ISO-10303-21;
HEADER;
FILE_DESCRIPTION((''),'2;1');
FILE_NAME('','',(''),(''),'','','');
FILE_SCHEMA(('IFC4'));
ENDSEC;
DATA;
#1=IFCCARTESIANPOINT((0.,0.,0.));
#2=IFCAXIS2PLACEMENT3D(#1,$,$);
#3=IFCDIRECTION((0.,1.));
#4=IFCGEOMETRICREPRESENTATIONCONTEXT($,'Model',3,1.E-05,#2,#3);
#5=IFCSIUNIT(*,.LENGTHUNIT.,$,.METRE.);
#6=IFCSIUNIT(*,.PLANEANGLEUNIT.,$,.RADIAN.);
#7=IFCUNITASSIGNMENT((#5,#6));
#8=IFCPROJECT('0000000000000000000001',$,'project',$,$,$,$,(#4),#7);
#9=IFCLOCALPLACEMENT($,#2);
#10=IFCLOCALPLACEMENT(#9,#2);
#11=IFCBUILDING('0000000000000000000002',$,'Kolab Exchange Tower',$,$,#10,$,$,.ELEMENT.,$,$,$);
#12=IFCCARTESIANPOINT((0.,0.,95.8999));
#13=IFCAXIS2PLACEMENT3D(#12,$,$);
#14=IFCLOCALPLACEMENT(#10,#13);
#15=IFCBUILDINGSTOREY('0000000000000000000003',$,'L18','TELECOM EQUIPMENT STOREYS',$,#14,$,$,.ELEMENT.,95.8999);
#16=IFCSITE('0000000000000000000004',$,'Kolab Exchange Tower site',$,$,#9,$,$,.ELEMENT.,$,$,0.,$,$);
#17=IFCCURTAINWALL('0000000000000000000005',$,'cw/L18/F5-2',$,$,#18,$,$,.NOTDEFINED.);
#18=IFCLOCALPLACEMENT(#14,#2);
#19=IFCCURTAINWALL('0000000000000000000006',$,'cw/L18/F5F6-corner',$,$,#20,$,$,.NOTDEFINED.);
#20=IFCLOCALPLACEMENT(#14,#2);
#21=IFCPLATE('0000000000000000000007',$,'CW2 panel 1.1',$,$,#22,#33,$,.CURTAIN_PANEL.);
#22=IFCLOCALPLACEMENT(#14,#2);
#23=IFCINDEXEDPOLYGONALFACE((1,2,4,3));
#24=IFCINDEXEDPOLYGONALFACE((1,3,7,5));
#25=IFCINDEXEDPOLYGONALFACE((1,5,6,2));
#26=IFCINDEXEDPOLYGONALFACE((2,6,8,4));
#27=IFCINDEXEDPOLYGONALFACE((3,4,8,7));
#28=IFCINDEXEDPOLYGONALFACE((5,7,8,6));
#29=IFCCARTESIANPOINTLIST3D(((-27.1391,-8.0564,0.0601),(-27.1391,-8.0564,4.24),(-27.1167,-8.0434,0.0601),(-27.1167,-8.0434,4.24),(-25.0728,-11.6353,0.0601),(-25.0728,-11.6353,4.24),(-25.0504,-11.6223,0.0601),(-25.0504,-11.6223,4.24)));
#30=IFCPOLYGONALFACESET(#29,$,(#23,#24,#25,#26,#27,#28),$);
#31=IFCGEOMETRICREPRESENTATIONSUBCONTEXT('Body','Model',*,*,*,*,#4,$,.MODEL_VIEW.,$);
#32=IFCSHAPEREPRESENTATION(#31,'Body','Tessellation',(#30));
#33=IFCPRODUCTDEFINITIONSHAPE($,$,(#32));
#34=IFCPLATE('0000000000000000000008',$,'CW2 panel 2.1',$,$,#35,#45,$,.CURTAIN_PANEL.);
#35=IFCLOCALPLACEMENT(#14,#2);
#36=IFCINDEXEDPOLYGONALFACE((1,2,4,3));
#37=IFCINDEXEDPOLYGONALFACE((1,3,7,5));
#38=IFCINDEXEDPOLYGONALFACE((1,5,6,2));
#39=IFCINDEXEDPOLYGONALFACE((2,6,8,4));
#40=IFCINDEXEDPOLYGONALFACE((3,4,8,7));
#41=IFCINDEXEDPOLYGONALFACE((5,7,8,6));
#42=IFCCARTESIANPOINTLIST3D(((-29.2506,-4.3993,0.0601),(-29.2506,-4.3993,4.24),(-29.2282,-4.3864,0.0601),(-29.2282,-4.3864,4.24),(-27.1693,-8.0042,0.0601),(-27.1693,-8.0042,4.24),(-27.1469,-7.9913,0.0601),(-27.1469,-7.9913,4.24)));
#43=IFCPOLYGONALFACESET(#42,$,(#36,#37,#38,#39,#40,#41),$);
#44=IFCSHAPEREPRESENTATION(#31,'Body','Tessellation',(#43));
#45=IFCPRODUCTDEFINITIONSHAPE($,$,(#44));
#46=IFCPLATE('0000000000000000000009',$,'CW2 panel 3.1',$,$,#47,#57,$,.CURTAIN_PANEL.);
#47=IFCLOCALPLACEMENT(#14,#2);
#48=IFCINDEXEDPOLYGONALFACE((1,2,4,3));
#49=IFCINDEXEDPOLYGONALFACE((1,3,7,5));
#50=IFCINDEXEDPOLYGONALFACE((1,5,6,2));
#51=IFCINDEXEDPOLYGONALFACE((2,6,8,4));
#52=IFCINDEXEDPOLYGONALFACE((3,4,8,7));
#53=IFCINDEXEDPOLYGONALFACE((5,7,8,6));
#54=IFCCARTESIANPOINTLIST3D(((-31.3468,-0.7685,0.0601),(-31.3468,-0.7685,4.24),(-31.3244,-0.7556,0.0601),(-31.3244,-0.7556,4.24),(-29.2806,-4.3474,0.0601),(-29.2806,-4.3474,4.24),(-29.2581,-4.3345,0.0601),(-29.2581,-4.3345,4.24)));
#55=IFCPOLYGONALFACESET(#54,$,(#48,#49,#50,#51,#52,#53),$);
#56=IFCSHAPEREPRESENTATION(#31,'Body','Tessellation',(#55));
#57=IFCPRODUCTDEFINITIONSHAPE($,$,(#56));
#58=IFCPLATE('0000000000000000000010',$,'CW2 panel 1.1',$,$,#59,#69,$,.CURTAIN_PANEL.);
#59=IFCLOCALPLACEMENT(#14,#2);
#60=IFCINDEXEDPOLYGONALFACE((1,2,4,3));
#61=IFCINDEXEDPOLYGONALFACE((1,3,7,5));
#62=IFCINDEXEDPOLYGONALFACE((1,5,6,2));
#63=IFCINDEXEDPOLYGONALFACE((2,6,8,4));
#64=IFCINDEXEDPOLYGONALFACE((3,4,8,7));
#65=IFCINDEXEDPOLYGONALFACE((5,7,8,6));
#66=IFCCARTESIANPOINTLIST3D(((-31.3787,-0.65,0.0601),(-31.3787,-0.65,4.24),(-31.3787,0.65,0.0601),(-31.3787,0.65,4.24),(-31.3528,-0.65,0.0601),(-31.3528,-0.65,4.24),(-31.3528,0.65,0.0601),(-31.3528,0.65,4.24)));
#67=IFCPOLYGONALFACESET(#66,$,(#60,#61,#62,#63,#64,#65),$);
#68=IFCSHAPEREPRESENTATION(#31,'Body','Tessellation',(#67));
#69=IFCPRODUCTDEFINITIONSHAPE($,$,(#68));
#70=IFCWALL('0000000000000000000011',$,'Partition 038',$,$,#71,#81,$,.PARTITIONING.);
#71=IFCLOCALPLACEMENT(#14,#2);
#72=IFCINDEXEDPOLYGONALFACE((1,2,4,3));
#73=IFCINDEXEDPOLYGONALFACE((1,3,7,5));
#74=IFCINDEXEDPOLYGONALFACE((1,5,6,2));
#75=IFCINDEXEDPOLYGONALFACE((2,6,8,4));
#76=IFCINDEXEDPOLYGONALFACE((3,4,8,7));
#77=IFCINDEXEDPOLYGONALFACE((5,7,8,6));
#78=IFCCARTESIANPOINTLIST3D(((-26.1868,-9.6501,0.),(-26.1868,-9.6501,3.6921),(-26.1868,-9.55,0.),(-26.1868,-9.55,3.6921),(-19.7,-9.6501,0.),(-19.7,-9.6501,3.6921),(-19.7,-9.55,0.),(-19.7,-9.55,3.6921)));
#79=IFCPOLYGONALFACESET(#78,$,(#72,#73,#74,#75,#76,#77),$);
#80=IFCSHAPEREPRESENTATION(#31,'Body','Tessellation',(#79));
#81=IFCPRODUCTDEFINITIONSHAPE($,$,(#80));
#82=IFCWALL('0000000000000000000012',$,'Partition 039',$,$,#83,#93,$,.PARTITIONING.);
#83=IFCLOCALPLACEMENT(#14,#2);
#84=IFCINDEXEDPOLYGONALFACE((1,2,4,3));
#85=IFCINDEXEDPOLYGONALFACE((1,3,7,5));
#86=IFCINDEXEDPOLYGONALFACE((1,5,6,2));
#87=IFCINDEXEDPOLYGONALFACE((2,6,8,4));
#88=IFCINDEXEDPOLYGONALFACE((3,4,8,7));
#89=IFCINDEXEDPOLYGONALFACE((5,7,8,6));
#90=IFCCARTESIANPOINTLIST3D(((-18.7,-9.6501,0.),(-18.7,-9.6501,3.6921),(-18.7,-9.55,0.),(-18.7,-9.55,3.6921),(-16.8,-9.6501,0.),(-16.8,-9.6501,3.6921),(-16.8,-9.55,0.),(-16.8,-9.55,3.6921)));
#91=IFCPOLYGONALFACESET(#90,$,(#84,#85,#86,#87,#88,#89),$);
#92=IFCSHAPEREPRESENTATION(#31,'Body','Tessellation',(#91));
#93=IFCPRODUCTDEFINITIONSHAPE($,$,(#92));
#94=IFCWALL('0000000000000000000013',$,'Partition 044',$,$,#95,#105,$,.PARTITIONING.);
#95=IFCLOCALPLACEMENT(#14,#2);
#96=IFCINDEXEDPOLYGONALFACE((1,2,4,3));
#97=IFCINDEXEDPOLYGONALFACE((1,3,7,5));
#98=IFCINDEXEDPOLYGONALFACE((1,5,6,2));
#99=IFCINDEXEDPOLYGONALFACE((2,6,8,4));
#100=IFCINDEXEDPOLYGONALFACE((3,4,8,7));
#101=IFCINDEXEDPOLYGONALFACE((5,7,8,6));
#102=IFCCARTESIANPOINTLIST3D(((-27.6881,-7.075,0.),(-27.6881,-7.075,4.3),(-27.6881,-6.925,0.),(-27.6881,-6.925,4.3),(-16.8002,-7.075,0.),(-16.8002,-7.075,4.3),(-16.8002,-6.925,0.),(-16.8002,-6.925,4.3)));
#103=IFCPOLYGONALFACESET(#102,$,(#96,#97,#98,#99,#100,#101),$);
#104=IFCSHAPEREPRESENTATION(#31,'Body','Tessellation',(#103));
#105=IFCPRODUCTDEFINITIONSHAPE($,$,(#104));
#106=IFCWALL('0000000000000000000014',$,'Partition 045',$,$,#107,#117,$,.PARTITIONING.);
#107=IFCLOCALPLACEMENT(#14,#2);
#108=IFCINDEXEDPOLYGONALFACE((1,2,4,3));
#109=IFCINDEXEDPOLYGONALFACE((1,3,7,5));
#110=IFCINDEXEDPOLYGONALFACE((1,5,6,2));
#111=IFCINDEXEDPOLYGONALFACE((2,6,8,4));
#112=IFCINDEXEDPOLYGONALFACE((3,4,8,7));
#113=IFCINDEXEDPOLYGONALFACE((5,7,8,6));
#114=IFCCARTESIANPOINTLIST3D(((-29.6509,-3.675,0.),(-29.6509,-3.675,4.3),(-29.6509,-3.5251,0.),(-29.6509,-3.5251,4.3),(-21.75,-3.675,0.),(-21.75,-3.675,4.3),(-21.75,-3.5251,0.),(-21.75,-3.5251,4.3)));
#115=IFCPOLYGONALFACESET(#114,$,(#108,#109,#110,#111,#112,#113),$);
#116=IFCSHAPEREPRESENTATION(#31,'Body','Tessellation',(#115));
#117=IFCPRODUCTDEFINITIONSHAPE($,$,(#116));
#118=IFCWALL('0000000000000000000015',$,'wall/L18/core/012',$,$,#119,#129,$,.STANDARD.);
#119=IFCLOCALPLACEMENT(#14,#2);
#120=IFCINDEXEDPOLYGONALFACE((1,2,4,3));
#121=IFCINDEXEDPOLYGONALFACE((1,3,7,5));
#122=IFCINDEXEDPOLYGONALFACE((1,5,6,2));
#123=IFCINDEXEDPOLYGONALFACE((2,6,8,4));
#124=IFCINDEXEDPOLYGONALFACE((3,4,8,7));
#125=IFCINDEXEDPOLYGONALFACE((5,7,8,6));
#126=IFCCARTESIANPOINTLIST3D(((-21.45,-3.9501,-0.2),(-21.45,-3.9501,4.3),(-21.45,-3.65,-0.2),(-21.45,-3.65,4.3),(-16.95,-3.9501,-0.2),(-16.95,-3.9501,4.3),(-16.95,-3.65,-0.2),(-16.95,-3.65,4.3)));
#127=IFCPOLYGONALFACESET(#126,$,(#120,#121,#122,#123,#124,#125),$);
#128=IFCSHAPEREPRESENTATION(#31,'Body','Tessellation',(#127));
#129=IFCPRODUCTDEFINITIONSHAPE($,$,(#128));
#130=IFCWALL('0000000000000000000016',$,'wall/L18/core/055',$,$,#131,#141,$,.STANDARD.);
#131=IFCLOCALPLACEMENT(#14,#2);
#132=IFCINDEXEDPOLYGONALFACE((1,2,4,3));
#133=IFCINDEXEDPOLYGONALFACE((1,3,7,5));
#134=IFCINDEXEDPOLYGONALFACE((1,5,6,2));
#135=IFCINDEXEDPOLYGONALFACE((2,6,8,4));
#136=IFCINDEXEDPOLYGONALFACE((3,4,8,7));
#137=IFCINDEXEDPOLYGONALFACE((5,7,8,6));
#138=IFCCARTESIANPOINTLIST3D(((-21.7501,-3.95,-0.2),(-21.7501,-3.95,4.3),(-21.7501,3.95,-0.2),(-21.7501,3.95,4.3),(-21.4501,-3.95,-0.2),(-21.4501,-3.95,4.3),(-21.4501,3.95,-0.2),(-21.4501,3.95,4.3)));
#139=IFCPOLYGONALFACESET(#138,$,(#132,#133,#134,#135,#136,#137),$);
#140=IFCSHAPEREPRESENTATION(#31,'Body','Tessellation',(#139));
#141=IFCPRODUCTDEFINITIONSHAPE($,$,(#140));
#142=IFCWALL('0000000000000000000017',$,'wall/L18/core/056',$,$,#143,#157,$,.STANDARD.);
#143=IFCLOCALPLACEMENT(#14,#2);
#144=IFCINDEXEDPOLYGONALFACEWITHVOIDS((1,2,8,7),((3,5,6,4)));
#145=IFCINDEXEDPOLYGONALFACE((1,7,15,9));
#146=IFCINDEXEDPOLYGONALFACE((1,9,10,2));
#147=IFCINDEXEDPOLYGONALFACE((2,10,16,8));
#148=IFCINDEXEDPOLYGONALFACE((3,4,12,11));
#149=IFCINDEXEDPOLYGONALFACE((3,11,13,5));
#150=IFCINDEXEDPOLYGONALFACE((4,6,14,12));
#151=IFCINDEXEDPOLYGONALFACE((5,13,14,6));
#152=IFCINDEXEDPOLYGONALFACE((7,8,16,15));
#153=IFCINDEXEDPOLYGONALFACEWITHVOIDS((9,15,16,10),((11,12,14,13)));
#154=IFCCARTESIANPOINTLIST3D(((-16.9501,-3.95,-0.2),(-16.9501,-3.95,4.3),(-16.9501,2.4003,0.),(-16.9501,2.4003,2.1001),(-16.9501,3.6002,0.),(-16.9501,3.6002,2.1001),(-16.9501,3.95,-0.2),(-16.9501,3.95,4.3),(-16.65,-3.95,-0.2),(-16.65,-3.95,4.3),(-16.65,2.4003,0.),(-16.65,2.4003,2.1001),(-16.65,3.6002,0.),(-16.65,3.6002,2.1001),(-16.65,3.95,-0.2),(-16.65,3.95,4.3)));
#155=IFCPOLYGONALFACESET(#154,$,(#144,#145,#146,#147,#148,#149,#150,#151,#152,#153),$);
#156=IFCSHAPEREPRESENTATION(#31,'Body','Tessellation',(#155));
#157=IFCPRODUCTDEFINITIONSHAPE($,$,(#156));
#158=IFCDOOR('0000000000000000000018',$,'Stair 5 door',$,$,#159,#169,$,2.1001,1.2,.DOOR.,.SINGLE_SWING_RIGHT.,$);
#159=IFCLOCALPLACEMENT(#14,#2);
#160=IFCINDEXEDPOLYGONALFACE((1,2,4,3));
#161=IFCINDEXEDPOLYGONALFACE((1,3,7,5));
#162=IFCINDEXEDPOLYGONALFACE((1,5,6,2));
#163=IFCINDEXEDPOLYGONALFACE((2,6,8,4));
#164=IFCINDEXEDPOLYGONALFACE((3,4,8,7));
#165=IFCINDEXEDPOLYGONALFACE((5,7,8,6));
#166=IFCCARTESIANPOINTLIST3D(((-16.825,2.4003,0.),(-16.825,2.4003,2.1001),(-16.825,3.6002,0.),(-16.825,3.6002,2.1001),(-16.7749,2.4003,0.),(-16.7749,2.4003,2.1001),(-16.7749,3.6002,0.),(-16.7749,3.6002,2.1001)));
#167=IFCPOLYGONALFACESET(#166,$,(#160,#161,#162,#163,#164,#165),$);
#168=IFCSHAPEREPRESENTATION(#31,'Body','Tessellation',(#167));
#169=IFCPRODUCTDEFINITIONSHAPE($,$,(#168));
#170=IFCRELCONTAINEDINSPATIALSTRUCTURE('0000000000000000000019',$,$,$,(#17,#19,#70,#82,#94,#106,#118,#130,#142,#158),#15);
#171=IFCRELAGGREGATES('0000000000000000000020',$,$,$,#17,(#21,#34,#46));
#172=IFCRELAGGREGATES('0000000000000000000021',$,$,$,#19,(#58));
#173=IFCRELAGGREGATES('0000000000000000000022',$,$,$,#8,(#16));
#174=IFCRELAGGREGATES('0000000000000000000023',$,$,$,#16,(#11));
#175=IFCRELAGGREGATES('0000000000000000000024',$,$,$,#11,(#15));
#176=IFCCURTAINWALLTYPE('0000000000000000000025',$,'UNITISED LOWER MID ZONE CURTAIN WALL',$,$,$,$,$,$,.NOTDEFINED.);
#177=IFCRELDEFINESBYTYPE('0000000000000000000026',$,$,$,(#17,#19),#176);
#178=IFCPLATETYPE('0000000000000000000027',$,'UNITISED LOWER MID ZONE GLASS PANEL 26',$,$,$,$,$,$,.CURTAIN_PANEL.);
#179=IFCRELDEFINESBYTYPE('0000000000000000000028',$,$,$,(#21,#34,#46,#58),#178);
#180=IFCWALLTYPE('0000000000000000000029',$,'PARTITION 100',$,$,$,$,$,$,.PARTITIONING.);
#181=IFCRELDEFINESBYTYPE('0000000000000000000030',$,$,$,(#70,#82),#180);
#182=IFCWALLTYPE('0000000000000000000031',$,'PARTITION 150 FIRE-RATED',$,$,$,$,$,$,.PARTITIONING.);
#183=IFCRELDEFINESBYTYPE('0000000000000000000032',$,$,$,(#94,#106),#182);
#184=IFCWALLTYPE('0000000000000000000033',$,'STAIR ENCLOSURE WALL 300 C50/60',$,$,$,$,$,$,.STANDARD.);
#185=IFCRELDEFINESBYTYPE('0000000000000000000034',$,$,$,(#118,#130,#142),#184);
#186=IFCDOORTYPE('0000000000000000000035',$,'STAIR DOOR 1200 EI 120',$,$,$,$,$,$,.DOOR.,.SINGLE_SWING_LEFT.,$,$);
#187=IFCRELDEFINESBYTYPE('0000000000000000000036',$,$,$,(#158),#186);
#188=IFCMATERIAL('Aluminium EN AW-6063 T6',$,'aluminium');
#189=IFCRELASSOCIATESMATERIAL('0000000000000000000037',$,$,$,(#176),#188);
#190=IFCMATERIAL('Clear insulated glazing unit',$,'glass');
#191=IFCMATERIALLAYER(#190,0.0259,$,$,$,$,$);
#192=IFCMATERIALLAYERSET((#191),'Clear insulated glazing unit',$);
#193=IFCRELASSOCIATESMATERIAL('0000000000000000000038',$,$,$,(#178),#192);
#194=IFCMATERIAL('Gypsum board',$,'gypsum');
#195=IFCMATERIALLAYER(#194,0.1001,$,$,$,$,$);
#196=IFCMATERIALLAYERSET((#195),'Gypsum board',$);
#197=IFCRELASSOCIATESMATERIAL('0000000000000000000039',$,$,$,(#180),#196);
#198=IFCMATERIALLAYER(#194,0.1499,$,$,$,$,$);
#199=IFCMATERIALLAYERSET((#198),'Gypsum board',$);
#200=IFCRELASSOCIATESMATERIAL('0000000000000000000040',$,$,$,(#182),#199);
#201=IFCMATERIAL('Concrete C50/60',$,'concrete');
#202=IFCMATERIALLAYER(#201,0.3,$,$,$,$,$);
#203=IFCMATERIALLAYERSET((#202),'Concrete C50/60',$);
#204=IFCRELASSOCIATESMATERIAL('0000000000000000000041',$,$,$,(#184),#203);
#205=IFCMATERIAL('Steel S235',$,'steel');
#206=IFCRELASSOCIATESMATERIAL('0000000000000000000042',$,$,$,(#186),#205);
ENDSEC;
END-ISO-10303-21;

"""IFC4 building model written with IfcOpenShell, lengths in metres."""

from ifc_helpers import new_model, si_unit, direction, frame, frame_2d, origin, origin_2d, place, context, subcontext, project, spatial, rectangle, extrude, material, layer, layer_set, type_object, element, fill, aggregate, save


model = new_model("IFC4")

# Units and contexts
model_context = context("Model", 3, precision=1e-05, world=origin(), true_north=direction((0.0, 1.0)))
body_context = subcontext(model_context, "Body", "Model", "MODEL_VIEW")
ifc_project = project(units=[si_unit("LENGTHUNIT", "METRE"), si_unit("PLANEANGLEUNIT", "RADIAN")], contexts=[model_context])

# Site, building, storey
site_placement = place(None, origin())
site = spatial("IfcSite", under=ifc_project, at=site_placement, Name="Kolab Exchange Tower site", CompositionType="ELEMENT", RefElevation=0.0)
building_placement = place(site_placement, origin())
building = spatial("IfcBuilding", under=site, at=building_placement, Name="Kolab Exchange Tower", CompositionType="ELEMENT")
storey_placement = place(building_placement, frame((0.0, 0.0, 95.8999)))
storey = spatial("IfcBuildingStorey", under=building, at=storey_placement, Name="L18", Description="TELECOM EQUIPMENT STOREYS", CompositionType="ELEMENT", Elevation=95.8999)

# Curtain wall
ifc_material_1 = material(Name="Aluminium EN AW-6063 T6", Category="aluminium")
curtain_wall_type = type_object("IfcCurtainWallType", Name="UNITISED LOWER MID ZONE CURTAIN WALL", PredefinedType="NOTDEFINED", material=ifc_material_1)
curtain_wall_1_placement = place(storey_placement, origin())
curtain_wall_1 = element("IfcCurtainWall", 1, at=curtain_wall_1_placement, inside=storey, type_object=curtain_wall_type, Name="cw/L18/F5-2", PredefinedType="NOTDEFINED")

# Curtain wall
curtain_wall_2_placement = place(storey_placement, origin())
curtain_wall_2 = element("IfcCurtainWall", 2, at=curtain_wall_2_placement, inside=storey, type_object=curtain_wall_type, Name="cw/L18/F5F6-corner", PredefinedType="NOTDEFINED")

# Plates
ifc_material_2 = material(Name="Clear insulated glazing unit", Category="glass")
ifc_layer_1 = layer(ifc_material_2, 0.0259)
ifc_layer_set_1 = layer_set([ifc_layer_1], Name="Clear insulated glazing unit")
plate_type = type_object("IfcPlateType", Name="UNITISED LOWER MID ZONE GLASS PANEL 26", PredefinedType="CURTAIN_PANEL", material=ifc_layer_set_1)
plate_1_placement = place(storey_placement, frame((-26.0947, -9.8394, 0.0601), z_axis=(0.0, 0.0, 1.0), x_axis=(-0.5, 0.866025, 0.0)))
plate_1 = element("IfcPlate", 3, at=plate_1_placement, type_object=plate_type, Name="CW2 panel 1.1", PredefinedType="CURTAIN_PANEL", context=body_context, shape_type="SweptSolid", body=[
    extrude(rectangle(XDim=4.1326, YDim=0.0259, at=origin_2d()), origin(), (0.0, 0.0, 1.0), 4.1799),
])
plate_2_placement = place(storey_placement, frame((-28.1987, -6.1953, 0.0601), z_axis=(0.0, 0.0, 1.0), x_axis=(-0.5, 0.866025, 0.0)))
plate_2 = element("IfcPlate", 4, at=plate_2_placement, type_object=plate_type, Name="CW2 panel 2.1", PredefinedType="CURTAIN_PANEL", context=body_context, shape_type="SweptSolid", body=[
    extrude(rectangle(XDim=4.1626, YDim=0.0259, at=origin_2d()), origin(), (0.0, 0.0, 1.0), 4.1799),
])
plate_3_placement = place(storey_placement, frame((-30.3025, -2.5515, 0.0601), z_axis=(0.0, 0.0, 1.0), x_axis=(-0.5, 0.866025, 0.0)))
plate_3 = element("IfcPlate", 5, at=plate_3_placement, type_object=plate_type, Name="CW2 panel 3.1", PredefinedType="CURTAIN_PANEL", context=body_context, shape_type="SweptSolid", body=[
    extrude(rectangle(XDim=4.1326, YDim=0.0259, at=origin_2d()), origin(), (0.0, 0.0, 1.0), 4.1799),
])
aggregate(curtain_wall_1, [plate_1, plate_2, plate_3])
plate_4_placement = place(storey_placement, frame((-31.3657, 0.0, 0.0601), z_axis=(0.0, 0.0, 1.0), x_axis=(0.0, 1.0, 0.0)))
plate_4 = element("IfcPlate", 6, at=plate_4_placement, type_object=plate_type, Name="CW2 panel 1.1", PredefinedType="CURTAIN_PANEL", context=body_context, shape_type="SweptSolid", body=[
    extrude(rectangle(XDim=1.3, YDim=0.0259, at=origin_2d()), origin(), (0.0, 0.0, 1.0), 4.1799),
])
aggregate(curtain_wall_2, [plate_4])

# Walls
ifc_material_3 = material(Name="Gypsum board", Category="gypsum")
ifc_layer_2 = layer(ifc_material_3, 0.1001)
ifc_layer_set_2 = layer_set([ifc_layer_2], Name="Gypsum board")
wall_type_1 = type_object("IfcWallType", Name="PARTITION 100", PredefinedType="PARTITIONING", material=ifc_layer_set_2)
wall_1_placement = place(storey_placement, frame((-26.1868, -9.6001, 0.0), z_axis=(0.0, 0.0, 1.0), x_axis=(1.0, 0.0, 0.0)))
element("IfcWall", 7, at=wall_1_placement, inside=storey, type_object=wall_type_1, Name="Partition 038", PredefinedType="PARTITIONING", context=body_context, shape_type="SweptSolid", body=[
    extrude(rectangle(XDim=6.4868, YDim=0.1001, at=frame_2d((3.2434, 0.0))), origin(), (0.0, 0.0, 1.0), 3.6921),
])
wall_2_placement = place(storey_placement, frame((-18.7, -9.6001, 0.0), z_axis=(0.0, 0.0, 1.0), x_axis=(1.0, 0.0, 0.0)))
element("IfcWall", 8, at=wall_2_placement, inside=storey, type_object=wall_type_1, Name="Partition 039", PredefinedType="PARTITIONING", context=body_context, shape_type="SweptSolid", body=[
    extrude(rectangle(XDim=1.8999, YDim=0.1001, at=frame_2d((0.95, 0.0))), origin(), (0.0, 0.0, 1.0), 3.6921),
])
ifc_layer_3 = layer(ifc_material_3, 0.1499)
ifc_layer_set_3 = layer_set([ifc_layer_3], Name="Gypsum board")
wall_type_2 = type_object("IfcWallType", Name="PARTITION 150 FIRE-RATED", PredefinedType="PARTITIONING", material=ifc_layer_set_3)
wall_3_placement = place(storey_placement, frame((-27.688, -7.0, 0.0), z_axis=(0.0, 0.0, 1.0), x_axis=(1.0, 0.0, 0.0)))
element("IfcWall", 9, at=wall_3_placement, inside=storey, type_object=wall_type_2, Name="Partition 044", PredefinedType="PARTITIONING", context=body_context, shape_type="SweptSolid", body=[
    extrude(rectangle(XDim=10.8879, YDim=0.1499, at=frame_2d((5.4438, 0.0))), origin(), (0.0, 0.0, 1.0), 4.3),
])
wall_4_placement = place(storey_placement, frame((-29.6509, -3.6001, 0.0), z_axis=(0.0, 0.0, 1.0), x_axis=(1.0, 0.0, 0.0)))
element("IfcWall", 10, at=wall_4_placement, inside=storey, type_object=wall_type_2, Name="Partition 045", PredefinedType="PARTITIONING", context=body_context, shape_type="SweptSolid", body=[
    extrude(rectangle(XDim=7.9009, YDim=0.1499, at=frame_2d((3.9504, 0.0))), origin(), (0.0, 0.0, 1.0), 4.3),
])
ifc_material_4 = material(Name="Concrete C50/60", Category="concrete")
ifc_layer_4 = layer(ifc_material_4, 0.3)
ifc_layer_set_4 = layer_set([ifc_layer_4], Name="Concrete C50/60")
wall_type_3 = type_object("IfcWallType", Name="STAIR ENCLOSURE WALL 300 C50/60", PredefinedType="STANDARD", material=ifc_layer_set_4)
wall_5_placement = place(storey_placement, frame((-21.45, -3.8, -0.2), z_axis=(0.0, 0.0, 1.0), x_axis=(1.0, 0.0, 0.0)))
element("IfcWall", 11, at=wall_5_placement, inside=storey, type_object=wall_type_3, Name="wall/L18/core/012", PredefinedType="STANDARD", context=body_context, shape_type="SweptSolid", body=[
    extrude(rectangle(XDim=4.5, YDim=0.3, at=frame_2d((2.25, 0.0))), origin(), (0.0, 0.0, 1.0), 4.5),
])
wall_6_placement = place(storey_placement, frame((-21.6001, -3.95, -0.2), z_axis=(0.0, 0.0, 1.0), x_axis=(0.0, 1.0, 0.0)))
element("IfcWall", 12, at=wall_6_placement, inside=storey, type_object=wall_type_3, Name="wall/L18/core/055", PredefinedType="STANDARD", context=body_context, shape_type="SweptSolid", body=[
    extrude(rectangle(XDim=7.8999, YDim=0.3, at=frame_2d((3.95, 0.0))), origin(), (0.0, 0.0, 1.0), 4.5),
])

# Wall, opening, door
wall_7_placement = place(storey_placement, frame((-16.8, -3.95, -0.2), z_axis=(0.0, 0.0, 1.0), x_axis=(0.0, 1.0, 0.0)))
wall_7 = element("IfcWall", 13, at=wall_7_placement, inside=storey, type_object=wall_type_3, Name="wall/L18/core/056", PredefinedType="STANDARD", context=body_context, shape_type="SweptSolid", body=[
    extrude(rectangle(XDim=7.8999, YDim=0.3, at=frame_2d((3.95, 0.0))), origin(), (0.0, 0.0, 1.0), 4.5),
])
opening_placement = place(wall_7_placement, frame((6.3501, 0.0, 0.2)))
opening = element("IfcOpeningElement", 14, at=opening_placement, cuts=wall_7, PredefinedType="OPENING", context=body_context, shape_type="SweptSolid", body=[
    extrude(rectangle(XDim=1.2, YDim=2.1001, at=frame_2d((0.6001, 1.05))), frame((0.0, 0.1602, 0.0), z_axis=(0.0, -1.0, 0.0), x_axis=(1.0, 0.0, 0.0)), (0.0, 0.0, 1.0), 0.3201),
])
ifc_material_5 = material(Name="Steel S235", Category="steel")
door_type = type_object("IfcDoorType", Name="STAIR DOOR 1200 EI 120", OperationType="SINGLE_SWING_LEFT", PredefinedType="DOOR", material=ifc_material_5)
door_placement = place(opening_placement, origin())
door = element("IfcDoor", 15, at=door_placement, inside=storey, type_object=door_type, Name="Stair 5 door", OperationType="SINGLE_SWING_RIGHT", OverallHeight=2.1001, OverallWidth=1.2, PredefinedType="DOOR", context=body_context, shape_type="SweptSolid", body=[
    extrude(rectangle(XDim=1.2, YDim=2.1001, at=frame_2d((0.6001, 1.05))), frame((0.0, 0.0249, 0.0), z_axis=(0.0, -1.0, 0.0), x_axis=(1.0, 0.0, 0.0)), (0.0, 0.0, 1.0), 0.05),
])
fill(opening, door)

save(model, "model.ifc")
